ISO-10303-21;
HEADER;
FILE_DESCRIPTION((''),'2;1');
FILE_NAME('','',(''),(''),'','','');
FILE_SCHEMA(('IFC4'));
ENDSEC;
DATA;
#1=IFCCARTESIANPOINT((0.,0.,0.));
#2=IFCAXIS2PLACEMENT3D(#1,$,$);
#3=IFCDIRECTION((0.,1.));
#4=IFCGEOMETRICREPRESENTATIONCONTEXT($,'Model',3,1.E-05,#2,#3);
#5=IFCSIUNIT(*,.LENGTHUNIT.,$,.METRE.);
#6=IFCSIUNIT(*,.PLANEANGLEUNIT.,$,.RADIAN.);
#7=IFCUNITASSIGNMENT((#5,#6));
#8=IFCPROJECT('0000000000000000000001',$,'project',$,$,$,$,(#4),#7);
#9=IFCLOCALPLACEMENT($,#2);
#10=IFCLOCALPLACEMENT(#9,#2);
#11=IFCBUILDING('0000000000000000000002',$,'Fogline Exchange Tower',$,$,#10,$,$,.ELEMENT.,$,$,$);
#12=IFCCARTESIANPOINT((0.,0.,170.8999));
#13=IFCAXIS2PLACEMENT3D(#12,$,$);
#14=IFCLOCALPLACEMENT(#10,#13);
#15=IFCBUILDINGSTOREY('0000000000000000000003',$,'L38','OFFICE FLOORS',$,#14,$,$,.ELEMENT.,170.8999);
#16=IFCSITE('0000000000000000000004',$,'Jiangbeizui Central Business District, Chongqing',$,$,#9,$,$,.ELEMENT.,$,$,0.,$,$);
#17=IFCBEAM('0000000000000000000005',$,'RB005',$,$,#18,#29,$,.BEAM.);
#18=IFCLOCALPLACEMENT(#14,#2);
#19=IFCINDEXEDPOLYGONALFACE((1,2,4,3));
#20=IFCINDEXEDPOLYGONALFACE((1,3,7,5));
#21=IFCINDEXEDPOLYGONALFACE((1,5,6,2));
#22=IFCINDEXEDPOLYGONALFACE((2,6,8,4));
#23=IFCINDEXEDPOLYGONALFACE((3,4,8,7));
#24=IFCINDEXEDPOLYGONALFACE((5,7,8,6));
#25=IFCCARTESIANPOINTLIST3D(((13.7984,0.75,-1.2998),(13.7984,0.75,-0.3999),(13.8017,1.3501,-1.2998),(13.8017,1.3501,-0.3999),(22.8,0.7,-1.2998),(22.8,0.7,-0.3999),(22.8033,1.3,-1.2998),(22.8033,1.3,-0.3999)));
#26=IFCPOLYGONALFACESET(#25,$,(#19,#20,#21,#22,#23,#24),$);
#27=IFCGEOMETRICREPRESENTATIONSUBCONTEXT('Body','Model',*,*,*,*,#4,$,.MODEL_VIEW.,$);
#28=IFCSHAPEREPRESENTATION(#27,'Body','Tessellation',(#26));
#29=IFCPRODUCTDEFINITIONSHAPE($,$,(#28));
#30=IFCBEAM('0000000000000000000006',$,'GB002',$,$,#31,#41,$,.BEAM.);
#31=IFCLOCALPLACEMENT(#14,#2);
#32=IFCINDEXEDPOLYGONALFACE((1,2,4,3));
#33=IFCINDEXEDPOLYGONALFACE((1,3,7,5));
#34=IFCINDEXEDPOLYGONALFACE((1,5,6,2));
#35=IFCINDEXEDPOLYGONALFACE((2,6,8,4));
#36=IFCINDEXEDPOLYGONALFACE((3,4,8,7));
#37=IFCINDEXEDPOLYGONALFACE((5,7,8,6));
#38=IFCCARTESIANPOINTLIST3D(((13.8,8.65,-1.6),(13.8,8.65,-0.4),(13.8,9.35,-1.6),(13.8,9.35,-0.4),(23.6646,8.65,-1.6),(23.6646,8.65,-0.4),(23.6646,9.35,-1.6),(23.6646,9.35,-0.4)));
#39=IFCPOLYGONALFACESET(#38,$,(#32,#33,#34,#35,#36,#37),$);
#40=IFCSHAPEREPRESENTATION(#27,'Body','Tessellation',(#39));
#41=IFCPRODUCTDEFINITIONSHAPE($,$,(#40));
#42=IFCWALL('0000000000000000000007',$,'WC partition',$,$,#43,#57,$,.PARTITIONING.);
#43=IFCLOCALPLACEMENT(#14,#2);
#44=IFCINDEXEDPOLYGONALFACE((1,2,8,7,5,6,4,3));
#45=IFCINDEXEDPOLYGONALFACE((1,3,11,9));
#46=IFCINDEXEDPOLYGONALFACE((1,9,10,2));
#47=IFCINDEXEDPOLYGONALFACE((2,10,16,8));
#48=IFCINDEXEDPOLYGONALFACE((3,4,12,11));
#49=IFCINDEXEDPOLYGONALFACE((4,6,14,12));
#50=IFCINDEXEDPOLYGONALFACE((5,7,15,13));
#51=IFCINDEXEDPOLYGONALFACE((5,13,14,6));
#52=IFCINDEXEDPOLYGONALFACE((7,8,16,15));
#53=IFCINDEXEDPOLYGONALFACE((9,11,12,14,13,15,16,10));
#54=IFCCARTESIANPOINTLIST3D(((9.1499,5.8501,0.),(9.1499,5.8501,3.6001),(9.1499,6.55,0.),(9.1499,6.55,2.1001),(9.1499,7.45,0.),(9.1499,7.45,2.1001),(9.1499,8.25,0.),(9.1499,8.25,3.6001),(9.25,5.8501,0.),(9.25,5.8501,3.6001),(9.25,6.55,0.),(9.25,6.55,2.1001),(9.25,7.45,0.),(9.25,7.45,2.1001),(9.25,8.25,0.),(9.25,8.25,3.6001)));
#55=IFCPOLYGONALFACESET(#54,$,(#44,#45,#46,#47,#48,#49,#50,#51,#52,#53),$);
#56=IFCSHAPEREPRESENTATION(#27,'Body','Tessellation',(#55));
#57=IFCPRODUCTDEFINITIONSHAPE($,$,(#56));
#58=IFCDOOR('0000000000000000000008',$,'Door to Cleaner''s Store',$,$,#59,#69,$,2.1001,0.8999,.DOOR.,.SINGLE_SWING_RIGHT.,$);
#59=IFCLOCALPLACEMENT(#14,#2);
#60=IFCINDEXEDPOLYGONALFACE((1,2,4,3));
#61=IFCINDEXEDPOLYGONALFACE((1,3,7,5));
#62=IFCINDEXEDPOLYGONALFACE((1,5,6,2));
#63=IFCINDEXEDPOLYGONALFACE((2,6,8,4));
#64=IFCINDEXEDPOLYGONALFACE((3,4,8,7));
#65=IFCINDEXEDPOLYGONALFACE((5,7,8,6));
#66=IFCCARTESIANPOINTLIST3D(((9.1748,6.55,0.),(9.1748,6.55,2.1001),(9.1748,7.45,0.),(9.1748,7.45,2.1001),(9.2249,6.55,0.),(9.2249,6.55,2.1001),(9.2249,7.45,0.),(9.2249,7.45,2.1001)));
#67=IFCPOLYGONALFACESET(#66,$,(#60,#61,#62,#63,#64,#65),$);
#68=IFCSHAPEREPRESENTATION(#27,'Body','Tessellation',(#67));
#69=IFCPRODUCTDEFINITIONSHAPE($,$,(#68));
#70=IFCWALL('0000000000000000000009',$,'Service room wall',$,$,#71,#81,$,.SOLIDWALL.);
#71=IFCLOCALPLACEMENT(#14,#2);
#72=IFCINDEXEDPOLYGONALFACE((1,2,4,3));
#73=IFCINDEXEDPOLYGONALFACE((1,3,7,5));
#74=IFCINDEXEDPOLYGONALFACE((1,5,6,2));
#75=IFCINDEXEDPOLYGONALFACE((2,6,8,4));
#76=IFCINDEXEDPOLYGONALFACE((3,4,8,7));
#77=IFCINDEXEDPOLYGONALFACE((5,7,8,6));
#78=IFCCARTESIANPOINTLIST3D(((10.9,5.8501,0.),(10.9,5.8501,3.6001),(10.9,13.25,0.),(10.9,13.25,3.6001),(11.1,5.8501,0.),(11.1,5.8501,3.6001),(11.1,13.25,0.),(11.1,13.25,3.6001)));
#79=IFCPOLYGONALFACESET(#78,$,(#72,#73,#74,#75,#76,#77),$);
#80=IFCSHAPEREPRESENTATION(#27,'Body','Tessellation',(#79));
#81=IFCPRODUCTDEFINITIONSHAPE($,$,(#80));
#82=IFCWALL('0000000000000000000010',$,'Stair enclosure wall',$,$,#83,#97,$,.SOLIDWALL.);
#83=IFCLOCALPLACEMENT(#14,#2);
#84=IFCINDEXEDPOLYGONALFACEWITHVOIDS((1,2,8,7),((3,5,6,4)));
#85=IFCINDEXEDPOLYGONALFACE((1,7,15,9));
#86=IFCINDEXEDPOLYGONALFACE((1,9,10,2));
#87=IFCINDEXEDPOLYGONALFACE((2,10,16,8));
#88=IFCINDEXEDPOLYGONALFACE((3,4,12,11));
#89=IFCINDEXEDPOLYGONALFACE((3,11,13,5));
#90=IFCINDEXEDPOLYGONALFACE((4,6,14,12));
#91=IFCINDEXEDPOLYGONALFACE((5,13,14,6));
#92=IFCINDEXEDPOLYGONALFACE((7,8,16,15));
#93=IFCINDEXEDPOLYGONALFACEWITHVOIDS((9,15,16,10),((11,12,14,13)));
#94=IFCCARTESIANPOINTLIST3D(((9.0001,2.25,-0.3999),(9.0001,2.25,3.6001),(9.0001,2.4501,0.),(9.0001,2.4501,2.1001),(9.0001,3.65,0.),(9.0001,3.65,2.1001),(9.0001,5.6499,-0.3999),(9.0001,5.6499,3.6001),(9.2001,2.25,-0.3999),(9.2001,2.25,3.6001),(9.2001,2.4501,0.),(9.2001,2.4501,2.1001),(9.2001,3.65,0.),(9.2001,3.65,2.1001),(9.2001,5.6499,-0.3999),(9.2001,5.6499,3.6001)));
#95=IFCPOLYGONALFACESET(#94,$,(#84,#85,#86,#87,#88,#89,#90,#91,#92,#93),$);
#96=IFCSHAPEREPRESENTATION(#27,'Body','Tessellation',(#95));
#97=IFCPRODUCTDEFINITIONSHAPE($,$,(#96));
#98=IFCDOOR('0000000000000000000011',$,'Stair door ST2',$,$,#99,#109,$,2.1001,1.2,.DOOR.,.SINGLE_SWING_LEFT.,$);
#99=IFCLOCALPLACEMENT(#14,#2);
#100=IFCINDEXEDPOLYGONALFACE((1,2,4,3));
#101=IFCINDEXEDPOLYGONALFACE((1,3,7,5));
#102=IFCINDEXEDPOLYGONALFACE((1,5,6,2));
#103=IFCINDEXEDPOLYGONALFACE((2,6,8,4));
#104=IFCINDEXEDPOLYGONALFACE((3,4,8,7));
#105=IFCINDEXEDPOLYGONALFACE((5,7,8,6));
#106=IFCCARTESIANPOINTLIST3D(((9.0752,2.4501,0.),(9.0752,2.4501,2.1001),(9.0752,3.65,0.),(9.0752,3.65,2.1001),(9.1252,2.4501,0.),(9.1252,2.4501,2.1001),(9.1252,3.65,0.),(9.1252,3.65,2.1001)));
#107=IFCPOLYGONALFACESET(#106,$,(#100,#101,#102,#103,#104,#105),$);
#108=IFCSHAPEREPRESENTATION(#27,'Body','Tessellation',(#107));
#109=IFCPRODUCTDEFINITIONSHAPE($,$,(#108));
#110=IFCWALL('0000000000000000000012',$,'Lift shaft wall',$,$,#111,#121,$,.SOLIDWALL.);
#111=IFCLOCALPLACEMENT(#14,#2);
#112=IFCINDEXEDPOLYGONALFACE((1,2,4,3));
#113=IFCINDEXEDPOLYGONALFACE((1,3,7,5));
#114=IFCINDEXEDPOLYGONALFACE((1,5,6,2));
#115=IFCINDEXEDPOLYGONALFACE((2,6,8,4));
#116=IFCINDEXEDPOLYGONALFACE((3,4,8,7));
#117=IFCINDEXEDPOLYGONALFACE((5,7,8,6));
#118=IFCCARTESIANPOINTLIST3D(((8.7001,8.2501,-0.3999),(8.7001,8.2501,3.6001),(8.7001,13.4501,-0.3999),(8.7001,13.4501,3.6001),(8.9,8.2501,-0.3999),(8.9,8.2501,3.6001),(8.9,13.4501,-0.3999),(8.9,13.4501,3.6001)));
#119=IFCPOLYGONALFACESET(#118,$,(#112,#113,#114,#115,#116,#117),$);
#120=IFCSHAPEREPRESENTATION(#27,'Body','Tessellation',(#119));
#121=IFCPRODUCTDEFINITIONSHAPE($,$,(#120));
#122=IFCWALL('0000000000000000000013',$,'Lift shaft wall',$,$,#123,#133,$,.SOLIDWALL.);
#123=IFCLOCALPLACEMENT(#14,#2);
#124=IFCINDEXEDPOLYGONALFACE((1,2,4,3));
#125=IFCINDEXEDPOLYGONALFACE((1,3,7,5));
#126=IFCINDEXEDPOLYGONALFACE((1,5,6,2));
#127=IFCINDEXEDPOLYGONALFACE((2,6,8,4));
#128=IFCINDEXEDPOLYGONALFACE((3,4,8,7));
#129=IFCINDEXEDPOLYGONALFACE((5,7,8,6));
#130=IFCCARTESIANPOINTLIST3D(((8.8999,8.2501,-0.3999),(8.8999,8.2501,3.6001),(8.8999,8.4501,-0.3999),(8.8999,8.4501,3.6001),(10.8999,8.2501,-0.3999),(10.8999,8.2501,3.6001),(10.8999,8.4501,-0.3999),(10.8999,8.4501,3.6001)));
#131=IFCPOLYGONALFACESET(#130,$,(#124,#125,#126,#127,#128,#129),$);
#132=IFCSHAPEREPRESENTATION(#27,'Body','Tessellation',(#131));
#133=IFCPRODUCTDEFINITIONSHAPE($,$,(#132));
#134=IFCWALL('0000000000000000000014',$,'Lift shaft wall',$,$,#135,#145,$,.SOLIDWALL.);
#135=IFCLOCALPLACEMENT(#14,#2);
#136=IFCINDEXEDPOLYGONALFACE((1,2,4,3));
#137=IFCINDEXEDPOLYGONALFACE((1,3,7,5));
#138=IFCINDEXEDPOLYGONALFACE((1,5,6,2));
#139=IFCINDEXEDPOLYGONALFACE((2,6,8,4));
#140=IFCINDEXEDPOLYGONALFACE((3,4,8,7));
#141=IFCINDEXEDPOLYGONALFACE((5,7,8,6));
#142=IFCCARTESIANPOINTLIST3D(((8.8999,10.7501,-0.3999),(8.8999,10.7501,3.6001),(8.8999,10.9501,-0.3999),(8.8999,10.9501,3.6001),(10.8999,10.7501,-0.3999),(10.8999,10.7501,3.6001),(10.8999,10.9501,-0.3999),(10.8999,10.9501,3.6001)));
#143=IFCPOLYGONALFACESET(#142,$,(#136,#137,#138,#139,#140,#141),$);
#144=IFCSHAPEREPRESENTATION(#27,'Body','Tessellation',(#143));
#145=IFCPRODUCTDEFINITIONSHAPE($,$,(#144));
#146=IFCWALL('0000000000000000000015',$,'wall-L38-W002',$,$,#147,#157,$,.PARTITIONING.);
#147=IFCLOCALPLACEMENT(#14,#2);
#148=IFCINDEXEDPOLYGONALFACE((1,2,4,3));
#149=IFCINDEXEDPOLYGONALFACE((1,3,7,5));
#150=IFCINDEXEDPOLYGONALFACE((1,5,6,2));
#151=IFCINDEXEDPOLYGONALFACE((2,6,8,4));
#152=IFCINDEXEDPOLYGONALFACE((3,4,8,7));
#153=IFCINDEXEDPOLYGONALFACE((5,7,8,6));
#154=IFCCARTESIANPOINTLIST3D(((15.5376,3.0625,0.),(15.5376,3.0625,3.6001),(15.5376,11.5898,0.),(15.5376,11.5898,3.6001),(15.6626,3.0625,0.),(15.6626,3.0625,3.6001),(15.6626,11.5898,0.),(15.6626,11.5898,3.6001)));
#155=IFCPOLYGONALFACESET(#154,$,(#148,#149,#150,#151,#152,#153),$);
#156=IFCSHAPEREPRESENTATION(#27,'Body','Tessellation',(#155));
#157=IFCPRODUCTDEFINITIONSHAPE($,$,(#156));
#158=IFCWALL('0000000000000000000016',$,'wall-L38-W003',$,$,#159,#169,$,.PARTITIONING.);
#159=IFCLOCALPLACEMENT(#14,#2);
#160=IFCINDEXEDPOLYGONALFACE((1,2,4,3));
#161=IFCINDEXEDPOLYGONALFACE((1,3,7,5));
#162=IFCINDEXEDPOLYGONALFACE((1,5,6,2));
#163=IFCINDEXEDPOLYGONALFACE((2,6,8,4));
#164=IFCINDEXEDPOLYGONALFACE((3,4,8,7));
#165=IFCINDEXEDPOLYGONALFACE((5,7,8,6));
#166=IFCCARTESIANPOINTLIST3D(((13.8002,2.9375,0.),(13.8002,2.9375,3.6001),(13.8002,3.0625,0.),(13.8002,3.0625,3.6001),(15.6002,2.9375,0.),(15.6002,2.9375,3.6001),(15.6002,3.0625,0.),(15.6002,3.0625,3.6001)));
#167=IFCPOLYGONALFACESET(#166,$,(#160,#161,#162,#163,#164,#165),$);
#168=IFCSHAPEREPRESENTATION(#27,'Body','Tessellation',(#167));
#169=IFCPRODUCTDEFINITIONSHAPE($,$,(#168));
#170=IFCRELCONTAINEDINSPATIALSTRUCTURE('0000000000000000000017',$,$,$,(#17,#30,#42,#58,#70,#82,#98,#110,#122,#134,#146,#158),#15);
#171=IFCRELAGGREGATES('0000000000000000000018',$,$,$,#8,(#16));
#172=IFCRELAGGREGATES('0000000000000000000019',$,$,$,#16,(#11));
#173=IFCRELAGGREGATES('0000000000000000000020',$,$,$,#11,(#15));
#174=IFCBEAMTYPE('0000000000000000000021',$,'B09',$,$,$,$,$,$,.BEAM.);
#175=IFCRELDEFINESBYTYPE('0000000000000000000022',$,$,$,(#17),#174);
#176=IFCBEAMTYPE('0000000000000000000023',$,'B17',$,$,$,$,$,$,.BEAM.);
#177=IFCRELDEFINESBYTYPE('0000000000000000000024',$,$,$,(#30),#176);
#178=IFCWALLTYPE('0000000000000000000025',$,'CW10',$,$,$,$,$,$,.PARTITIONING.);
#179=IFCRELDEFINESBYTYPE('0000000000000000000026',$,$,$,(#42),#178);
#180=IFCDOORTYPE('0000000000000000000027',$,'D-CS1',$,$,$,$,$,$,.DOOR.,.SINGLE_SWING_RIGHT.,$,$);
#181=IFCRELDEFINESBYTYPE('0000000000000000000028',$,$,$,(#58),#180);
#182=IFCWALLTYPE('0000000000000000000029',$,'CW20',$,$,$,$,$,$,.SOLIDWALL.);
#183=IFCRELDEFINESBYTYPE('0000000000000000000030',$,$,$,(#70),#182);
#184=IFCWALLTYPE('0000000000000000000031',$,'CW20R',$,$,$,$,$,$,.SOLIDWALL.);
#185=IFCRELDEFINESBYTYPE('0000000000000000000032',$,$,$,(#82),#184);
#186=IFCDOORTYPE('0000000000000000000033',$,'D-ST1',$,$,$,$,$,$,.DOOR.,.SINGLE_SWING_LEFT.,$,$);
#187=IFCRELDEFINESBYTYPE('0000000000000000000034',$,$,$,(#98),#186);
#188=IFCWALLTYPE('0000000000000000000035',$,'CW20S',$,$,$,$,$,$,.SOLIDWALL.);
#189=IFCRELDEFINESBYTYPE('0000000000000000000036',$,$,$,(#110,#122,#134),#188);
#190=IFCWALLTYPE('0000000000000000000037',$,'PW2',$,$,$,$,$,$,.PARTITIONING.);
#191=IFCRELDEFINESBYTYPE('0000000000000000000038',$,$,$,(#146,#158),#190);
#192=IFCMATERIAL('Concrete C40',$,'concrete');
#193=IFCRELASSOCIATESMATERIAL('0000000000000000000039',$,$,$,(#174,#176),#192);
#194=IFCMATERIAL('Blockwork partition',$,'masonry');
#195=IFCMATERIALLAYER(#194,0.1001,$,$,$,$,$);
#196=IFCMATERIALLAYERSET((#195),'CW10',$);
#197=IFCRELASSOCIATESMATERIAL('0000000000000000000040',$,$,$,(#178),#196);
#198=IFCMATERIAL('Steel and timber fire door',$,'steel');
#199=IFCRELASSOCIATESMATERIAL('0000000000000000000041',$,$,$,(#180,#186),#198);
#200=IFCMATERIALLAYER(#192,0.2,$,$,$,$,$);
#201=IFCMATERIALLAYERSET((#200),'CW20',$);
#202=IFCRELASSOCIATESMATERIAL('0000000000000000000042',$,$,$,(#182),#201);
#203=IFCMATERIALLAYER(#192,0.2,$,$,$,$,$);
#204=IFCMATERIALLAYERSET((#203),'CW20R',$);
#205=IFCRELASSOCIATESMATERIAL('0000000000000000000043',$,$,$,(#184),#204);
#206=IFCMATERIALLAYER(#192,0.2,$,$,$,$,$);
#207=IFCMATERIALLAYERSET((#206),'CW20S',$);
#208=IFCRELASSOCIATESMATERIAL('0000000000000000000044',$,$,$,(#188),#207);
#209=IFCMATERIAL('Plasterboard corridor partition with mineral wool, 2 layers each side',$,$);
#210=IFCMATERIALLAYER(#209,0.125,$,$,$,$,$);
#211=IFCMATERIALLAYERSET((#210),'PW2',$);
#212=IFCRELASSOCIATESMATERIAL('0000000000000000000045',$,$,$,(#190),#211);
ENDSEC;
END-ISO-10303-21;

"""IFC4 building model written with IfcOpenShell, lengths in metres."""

from ifc_helpers import new_model, si_unit, direction, frame, frame_2d, origin, origin_2d, place, context, subcontext, project, spatial, rectangle, extrude, material, layer, layer_set, material_profile, profile_set, type_object, element, fill, save


model = new_model("IFC4")

# Units and contexts
model_context = context("Model", 3, precision=1e-05, world=origin(), true_north=direction((0.0, 1.0)))
body_context = subcontext(model_context, "Body", "Model", "MODEL_VIEW")
ifc_project = project(units=[si_unit("LENGTHUNIT", "METRE"), si_unit("PLANEANGLEUNIT", "RADIAN")], contexts=[model_context])

# Site, building, storey
site_placement = place(None, origin())
site = spatial("IfcSite", under=ifc_project, at=site_placement, Name="Jiangbeizui Central Business District, Chongqing", CompositionType="ELEMENT", RefElevation=0.0)
building_placement = place(site_placement, origin())
building = spatial("IfcBuilding", under=site, at=building_placement, Name="Fogline Exchange Tower", CompositionType="ELEMENT")
storey_placement = place(building_placement, frame((0.0, 0.0, 170.8999)))
storey = spatial("IfcBuildingStorey", under=building, at=storey_placement, Name="L38", Description="OFFICE FLOORS", CompositionType="ELEMENT", Elevation=170.8999)

# Beams
ifc_material_1 = material(Name="Concrete C40", Category="concrete")
ifc_material_profile_1 = material_profile(ifc_material_1, rectangle(XDim=0.6001, YDim=0.8999, at=origin_2d()), Name="RC 600x900")
ifc_profile_set_1 = profile_set([ifc_material_profile_1], Name="Concrete C40")
beam_type_1 = type_object("IfcBeamType", Name="B09", PredefinedType="BEAM", material=ifc_profile_set_1)
beam_1_placement = place(storey_placement, frame((13.8, 1.05, -0.8499), z_axis=(0.999985, -0.00556, 0.0), x_axis=(0.00556, 0.999985, 0.0)))
element("IfcBeam", 1, at=beam_1_placement, inside=storey, type_object=beam_type_1, Name="RB005", PredefinedType="BEAM", context=body_context, shape_type="SweptSolid", body=[
    extrude(rectangle(XDim=0.6001, YDim=0.8999, at=origin_2d()), origin(), (0.0, 0.0, 1.0), 9.0017),
])
ifc_material_profile_2 = material_profile(ifc_material_1, rectangle(XDim=0.7, YDim=1.2, at=origin_2d()), Name="RC 700x1200")
ifc_profile_set_2 = profile_set([ifc_material_profile_2], Name="Concrete C40")
beam_type_2 = type_object("IfcBeamType", Name="B17", PredefinedType="BEAM", material=ifc_profile_set_2)
beam_2_placement = place(storey_placement, frame((13.8, 9.0, -1.0), z_axis=(1.0, 0.0, 0.0), x_axis=(0.0, 1.0, 0.0)))
element("IfcBeam", 2, at=beam_2_placement, inside=storey, type_object=beam_type_2, Name="GB002", PredefinedType="BEAM", context=body_context, shape_type="SweptSolid", body=[
    extrude(rectangle(XDim=0.7, YDim=1.2, at=origin_2d()), origin(), (0.0, 0.0, 1.0), 9.8645),
])

# Wall, opening, door
ifc_material_2 = material(Name="Blockwork partition", Category="masonry")
ifc_layer_1 = layer(ifc_material_2, 0.1001)
ifc_layer_set_1 = layer_set([ifc_layer_1], Name="CW10")
wall_type_1 = type_object("IfcWallType", Name="CW10", PredefinedType="PARTITIONING", material=ifc_layer_set_1)
wall_1_placement = place(storey_placement, frame((9.2, 5.8501, 0.0), z_axis=(0.0, 0.0, 1.0), x_axis=(0.0, 1.0, 0.0)))
wall_1 = element("IfcWall", 3, at=wall_1_placement, inside=storey, type_object=wall_type_1, Name="WC partition", PredefinedType="PARTITIONING", context=body_context, shape_type="SweptSolid", body=[
    extrude(rectangle(XDim=2.3999, YDim=0.1001, at=frame_2d((1.2, 0.0))), origin(), (0.0, 0.0, 1.0), 3.6001),
])
opening_1_placement = place(wall_1_placement, frame((0.7, 0.0, 0.0)))
opening_1 = element("IfcOpeningElement", 4, at=opening_1_placement, cuts=wall_1, PredefinedType="OPENING", context=body_context, shape_type="SweptSolid", body=[
    extrude(rectangle(XDim=0.8999, YDim=2.1001, at=frame_2d((0.45, 1.05))), frame((0.0, 0.0601, 0.0), z_axis=(0.0, -1.0, 0.0), x_axis=(1.0, 0.0, 0.0)), (0.0, 0.0, 1.0), 0.1201),
])
ifc_material_3 = material(Name="Steel and timber fire door", Category="steel")
door_type_1 = type_object("IfcDoorType", Name="D-CS1", OperationType="SINGLE_SWING_RIGHT", PredefinedType="DOOR", material=ifc_material_3)
door_1_placement = place(opening_1_placement, frame((0.8999, 0.0, 0.0), z_axis=(0.0, 0.0, 1.0), x_axis=(-1.0, 0.0, 0.0)))
door_1 = element("IfcDoor", 5, at=door_1_placement, inside=storey, type_object=door_type_1, Name="Door to Cleaner's Store", OperationType="SINGLE_SWING_RIGHT", OverallHeight=2.1001, OverallWidth=0.8999, PredefinedType="DOOR", context=body_context, shape_type="SweptSolid", body=[
    extrude(rectangle(XDim=0.8999, YDim=2.1001, at=frame_2d((0.45, 1.05))), frame((0.0, 0.0249, 0.0), z_axis=(0.0, -1.0, 0.0), x_axis=(1.0, 0.0, 0.0)), (0.0, 0.0, 1.0), 0.05),
])
fill(opening_1, door_1)

# Wall
ifc_layer_2 = layer(ifc_material_1, 0.2)
ifc_layer_set_2 = layer_set([ifc_layer_2], Name="CW20")
wall_type_2 = type_object("IfcWallType", Name="CW20", PredefinedType="SOLIDWALL", material=ifc_layer_set_2)
wall_2_placement = place(storey_placement, frame((11.0, 5.8501, 0.0), z_axis=(0.0, 0.0, 1.0), x_axis=(0.0, 1.0, 0.0)))
element("IfcWall", 6, at=wall_2_placement, inside=storey, type_object=wall_type_2, Name="Service room wall", PredefinedType="SOLIDWALL", context=body_context, shape_type="SweptSolid", body=[
    extrude(rectangle(XDim=7.3999, YDim=0.2, at=frame_2d((3.7, 0.0))), origin(), (0.0, 0.0, 1.0), 3.6001),
])

# Wall, opening, door
ifc_layer_3 = layer(ifc_material_1, 0.2)
ifc_layer_set_3 = layer_set([ifc_layer_3], Name="CW20R")
wall_type_3 = type_object("IfcWallType", Name="CW20R", PredefinedType="SOLIDWALL", material=ifc_layer_set_3)
wall_3_placement = place(storey_placement, frame((9.1001, 2.25, -0.3999), z_axis=(0.0, 0.0, 1.0), x_axis=(0.0, 1.0, 0.0)))
wall_3 = element("IfcWall", 7, at=wall_3_placement, inside=storey, type_object=wall_type_3, Name="Stair enclosure wall", PredefinedType="SOLIDWALL", context=body_context, shape_type="SweptSolid", body=[
    extrude(rectangle(XDim=3.3999, YDim=0.2, at=frame_2d((1.7, 0.0))), origin(), (0.0, 0.0, 1.0), 4.0),
])
opening_2_placement = place(wall_3_placement, frame((0.2, 0.0, 0.3999)))
opening_2 = element("IfcOpeningElement", 8, at=opening_2_placement, cuts=wall_3, PredefinedType="OPENING", context=body_context, shape_type="SweptSolid", body=[
    extrude(rectangle(XDim=1.2, YDim=2.1001, at=frame_2d((0.6001, 1.05))), frame((0.0, 0.1099, 0.0), z_axis=(0.0, -1.0, 0.0), x_axis=(1.0, 0.0, 0.0)), (0.0, 0.0, 1.0), 0.22),
])
door_type_2 = type_object("IfcDoorType", Name="D-ST1", OperationType="SINGLE_SWING_LEFT", PredefinedType="DOOR", material=ifc_material_3)
door_2_placement = place(opening_2_placement, origin())
door_2 = element("IfcDoor", 9, at=door_2_placement, inside=storey, type_object=door_type_2, Name="Stair door ST2", OperationType="SINGLE_SWING_LEFT", OverallHeight=2.1001, OverallWidth=1.2, PredefinedType="DOOR", context=body_context, shape_type="SweptSolid", body=[
    extrude(rectangle(XDim=1.2, YDim=2.1001, at=frame_2d((0.6001, 1.05))), frame((0.0, 0.0249, 0.0), z_axis=(0.0, -1.0, 0.0), x_axis=(1.0, 0.0, 0.0)), (0.0, 0.0, 1.0), 0.05),
])
fill(opening_2, door_2)

# Walls
ifc_layer_4 = layer(ifc_material_1, 0.2)
ifc_layer_set_4 = layer_set([ifc_layer_4], Name="CW20S")
wall_type_4 = type_object("IfcWallType", Name="CW20S", PredefinedType="SOLIDWALL", material=ifc_layer_set_4)
wall_4_placement = place(storey_placement, frame((8.8, 8.25, -0.3999), z_axis=(0.0, 0.0, 1.0), x_axis=(0.0, 1.0, 0.0)))
element("IfcWall", 10, at=wall_4_placement, inside=storey, type_object=wall_type_4, Name="Lift shaft wall", PredefinedType="SOLIDWALL", context=body_context, shape_type="SweptSolid", body=[
    extrude(rectangle(XDim=5.2, YDim=0.2, at=frame_2d((2.6001, 0.0))), origin(), (0.0, 0.0, 1.0), 4.0),
])
for number, where, z_axis, x_axis, name in (
    (11, (8.8999, 8.3501, -0.3999), (0.0, 0.0, 1.0), (1.0, 0.0, 0.0), "Lift shaft wall"),
    (12, (8.8999, 10.8501, -0.3999), (0.0, 0.0, 1.0), (1.0, 0.0, 0.0), "Lift shaft wall"),
):
    element("IfcWall", number, at=place(storey_placement, frame(where, z_axis=z_axis, x_axis=x_axis)), inside=storey, type_object=wall_type_4, Name=name, PredefinedType="SOLIDWALL", context=body_context, shape_type="SweptSolid", body=[
        extrude(rectangle(XDim=2.0, YDim=0.2, at=frame_2d((1.0, 0.0))), origin(), (0.0, 0.0, 1.0), 4.0),
    ])
ifc_material_4 = material(Name="Plasterboard corridor partition with mineral wool, 2 layers each side")
ifc_layer_5 = layer(ifc_material_4, 0.125)
ifc_layer_set_5 = layer_set([ifc_layer_5], Name="PW2")
wall_type_5 = type_object("IfcWallType", Name="PW2", PredefinedType="PARTITIONING", material=ifc_layer_set_5)
wall_5_placement = place(storey_placement, frame((15.6001, 11.5898, 0.0), z_axis=(0.0, 0.0, 1.0), x_axis=(0.0, -1.0, 0.0)))
element("IfcWall", 13, at=wall_5_placement, inside=storey, type_object=wall_type_5, Name="wall-L38-W002", PredefinedType="PARTITIONING", context=body_context, shape_type="SweptSolid", body=[
    extrude(rectangle(XDim=8.5273, YDim=0.125, at=frame_2d((4.2637, 0.0))), origin(), (0.0, 0.0, 1.0), 3.6001),
])
wall_6_placement = place(storey_placement, frame((15.6001, 3.0, 0.0), z_axis=(0.0, 0.0, 1.0), x_axis=(-1.0, 0.0, 0.0)))
element("IfcWall", 14, at=wall_6_placement, inside=storey, type_object=wall_type_5, Name="wall-L38-W003", PredefinedType="PARTITIONING", context=body_context, shape_type="SweptSolid", body=[
    extrude(rectangle(XDim=1.8, YDim=0.125, at=frame_2d((0.8999, 0.0))), origin(), (0.0, 0.0, 1.0), 3.6001),
])

save(model, "model.ifc")
